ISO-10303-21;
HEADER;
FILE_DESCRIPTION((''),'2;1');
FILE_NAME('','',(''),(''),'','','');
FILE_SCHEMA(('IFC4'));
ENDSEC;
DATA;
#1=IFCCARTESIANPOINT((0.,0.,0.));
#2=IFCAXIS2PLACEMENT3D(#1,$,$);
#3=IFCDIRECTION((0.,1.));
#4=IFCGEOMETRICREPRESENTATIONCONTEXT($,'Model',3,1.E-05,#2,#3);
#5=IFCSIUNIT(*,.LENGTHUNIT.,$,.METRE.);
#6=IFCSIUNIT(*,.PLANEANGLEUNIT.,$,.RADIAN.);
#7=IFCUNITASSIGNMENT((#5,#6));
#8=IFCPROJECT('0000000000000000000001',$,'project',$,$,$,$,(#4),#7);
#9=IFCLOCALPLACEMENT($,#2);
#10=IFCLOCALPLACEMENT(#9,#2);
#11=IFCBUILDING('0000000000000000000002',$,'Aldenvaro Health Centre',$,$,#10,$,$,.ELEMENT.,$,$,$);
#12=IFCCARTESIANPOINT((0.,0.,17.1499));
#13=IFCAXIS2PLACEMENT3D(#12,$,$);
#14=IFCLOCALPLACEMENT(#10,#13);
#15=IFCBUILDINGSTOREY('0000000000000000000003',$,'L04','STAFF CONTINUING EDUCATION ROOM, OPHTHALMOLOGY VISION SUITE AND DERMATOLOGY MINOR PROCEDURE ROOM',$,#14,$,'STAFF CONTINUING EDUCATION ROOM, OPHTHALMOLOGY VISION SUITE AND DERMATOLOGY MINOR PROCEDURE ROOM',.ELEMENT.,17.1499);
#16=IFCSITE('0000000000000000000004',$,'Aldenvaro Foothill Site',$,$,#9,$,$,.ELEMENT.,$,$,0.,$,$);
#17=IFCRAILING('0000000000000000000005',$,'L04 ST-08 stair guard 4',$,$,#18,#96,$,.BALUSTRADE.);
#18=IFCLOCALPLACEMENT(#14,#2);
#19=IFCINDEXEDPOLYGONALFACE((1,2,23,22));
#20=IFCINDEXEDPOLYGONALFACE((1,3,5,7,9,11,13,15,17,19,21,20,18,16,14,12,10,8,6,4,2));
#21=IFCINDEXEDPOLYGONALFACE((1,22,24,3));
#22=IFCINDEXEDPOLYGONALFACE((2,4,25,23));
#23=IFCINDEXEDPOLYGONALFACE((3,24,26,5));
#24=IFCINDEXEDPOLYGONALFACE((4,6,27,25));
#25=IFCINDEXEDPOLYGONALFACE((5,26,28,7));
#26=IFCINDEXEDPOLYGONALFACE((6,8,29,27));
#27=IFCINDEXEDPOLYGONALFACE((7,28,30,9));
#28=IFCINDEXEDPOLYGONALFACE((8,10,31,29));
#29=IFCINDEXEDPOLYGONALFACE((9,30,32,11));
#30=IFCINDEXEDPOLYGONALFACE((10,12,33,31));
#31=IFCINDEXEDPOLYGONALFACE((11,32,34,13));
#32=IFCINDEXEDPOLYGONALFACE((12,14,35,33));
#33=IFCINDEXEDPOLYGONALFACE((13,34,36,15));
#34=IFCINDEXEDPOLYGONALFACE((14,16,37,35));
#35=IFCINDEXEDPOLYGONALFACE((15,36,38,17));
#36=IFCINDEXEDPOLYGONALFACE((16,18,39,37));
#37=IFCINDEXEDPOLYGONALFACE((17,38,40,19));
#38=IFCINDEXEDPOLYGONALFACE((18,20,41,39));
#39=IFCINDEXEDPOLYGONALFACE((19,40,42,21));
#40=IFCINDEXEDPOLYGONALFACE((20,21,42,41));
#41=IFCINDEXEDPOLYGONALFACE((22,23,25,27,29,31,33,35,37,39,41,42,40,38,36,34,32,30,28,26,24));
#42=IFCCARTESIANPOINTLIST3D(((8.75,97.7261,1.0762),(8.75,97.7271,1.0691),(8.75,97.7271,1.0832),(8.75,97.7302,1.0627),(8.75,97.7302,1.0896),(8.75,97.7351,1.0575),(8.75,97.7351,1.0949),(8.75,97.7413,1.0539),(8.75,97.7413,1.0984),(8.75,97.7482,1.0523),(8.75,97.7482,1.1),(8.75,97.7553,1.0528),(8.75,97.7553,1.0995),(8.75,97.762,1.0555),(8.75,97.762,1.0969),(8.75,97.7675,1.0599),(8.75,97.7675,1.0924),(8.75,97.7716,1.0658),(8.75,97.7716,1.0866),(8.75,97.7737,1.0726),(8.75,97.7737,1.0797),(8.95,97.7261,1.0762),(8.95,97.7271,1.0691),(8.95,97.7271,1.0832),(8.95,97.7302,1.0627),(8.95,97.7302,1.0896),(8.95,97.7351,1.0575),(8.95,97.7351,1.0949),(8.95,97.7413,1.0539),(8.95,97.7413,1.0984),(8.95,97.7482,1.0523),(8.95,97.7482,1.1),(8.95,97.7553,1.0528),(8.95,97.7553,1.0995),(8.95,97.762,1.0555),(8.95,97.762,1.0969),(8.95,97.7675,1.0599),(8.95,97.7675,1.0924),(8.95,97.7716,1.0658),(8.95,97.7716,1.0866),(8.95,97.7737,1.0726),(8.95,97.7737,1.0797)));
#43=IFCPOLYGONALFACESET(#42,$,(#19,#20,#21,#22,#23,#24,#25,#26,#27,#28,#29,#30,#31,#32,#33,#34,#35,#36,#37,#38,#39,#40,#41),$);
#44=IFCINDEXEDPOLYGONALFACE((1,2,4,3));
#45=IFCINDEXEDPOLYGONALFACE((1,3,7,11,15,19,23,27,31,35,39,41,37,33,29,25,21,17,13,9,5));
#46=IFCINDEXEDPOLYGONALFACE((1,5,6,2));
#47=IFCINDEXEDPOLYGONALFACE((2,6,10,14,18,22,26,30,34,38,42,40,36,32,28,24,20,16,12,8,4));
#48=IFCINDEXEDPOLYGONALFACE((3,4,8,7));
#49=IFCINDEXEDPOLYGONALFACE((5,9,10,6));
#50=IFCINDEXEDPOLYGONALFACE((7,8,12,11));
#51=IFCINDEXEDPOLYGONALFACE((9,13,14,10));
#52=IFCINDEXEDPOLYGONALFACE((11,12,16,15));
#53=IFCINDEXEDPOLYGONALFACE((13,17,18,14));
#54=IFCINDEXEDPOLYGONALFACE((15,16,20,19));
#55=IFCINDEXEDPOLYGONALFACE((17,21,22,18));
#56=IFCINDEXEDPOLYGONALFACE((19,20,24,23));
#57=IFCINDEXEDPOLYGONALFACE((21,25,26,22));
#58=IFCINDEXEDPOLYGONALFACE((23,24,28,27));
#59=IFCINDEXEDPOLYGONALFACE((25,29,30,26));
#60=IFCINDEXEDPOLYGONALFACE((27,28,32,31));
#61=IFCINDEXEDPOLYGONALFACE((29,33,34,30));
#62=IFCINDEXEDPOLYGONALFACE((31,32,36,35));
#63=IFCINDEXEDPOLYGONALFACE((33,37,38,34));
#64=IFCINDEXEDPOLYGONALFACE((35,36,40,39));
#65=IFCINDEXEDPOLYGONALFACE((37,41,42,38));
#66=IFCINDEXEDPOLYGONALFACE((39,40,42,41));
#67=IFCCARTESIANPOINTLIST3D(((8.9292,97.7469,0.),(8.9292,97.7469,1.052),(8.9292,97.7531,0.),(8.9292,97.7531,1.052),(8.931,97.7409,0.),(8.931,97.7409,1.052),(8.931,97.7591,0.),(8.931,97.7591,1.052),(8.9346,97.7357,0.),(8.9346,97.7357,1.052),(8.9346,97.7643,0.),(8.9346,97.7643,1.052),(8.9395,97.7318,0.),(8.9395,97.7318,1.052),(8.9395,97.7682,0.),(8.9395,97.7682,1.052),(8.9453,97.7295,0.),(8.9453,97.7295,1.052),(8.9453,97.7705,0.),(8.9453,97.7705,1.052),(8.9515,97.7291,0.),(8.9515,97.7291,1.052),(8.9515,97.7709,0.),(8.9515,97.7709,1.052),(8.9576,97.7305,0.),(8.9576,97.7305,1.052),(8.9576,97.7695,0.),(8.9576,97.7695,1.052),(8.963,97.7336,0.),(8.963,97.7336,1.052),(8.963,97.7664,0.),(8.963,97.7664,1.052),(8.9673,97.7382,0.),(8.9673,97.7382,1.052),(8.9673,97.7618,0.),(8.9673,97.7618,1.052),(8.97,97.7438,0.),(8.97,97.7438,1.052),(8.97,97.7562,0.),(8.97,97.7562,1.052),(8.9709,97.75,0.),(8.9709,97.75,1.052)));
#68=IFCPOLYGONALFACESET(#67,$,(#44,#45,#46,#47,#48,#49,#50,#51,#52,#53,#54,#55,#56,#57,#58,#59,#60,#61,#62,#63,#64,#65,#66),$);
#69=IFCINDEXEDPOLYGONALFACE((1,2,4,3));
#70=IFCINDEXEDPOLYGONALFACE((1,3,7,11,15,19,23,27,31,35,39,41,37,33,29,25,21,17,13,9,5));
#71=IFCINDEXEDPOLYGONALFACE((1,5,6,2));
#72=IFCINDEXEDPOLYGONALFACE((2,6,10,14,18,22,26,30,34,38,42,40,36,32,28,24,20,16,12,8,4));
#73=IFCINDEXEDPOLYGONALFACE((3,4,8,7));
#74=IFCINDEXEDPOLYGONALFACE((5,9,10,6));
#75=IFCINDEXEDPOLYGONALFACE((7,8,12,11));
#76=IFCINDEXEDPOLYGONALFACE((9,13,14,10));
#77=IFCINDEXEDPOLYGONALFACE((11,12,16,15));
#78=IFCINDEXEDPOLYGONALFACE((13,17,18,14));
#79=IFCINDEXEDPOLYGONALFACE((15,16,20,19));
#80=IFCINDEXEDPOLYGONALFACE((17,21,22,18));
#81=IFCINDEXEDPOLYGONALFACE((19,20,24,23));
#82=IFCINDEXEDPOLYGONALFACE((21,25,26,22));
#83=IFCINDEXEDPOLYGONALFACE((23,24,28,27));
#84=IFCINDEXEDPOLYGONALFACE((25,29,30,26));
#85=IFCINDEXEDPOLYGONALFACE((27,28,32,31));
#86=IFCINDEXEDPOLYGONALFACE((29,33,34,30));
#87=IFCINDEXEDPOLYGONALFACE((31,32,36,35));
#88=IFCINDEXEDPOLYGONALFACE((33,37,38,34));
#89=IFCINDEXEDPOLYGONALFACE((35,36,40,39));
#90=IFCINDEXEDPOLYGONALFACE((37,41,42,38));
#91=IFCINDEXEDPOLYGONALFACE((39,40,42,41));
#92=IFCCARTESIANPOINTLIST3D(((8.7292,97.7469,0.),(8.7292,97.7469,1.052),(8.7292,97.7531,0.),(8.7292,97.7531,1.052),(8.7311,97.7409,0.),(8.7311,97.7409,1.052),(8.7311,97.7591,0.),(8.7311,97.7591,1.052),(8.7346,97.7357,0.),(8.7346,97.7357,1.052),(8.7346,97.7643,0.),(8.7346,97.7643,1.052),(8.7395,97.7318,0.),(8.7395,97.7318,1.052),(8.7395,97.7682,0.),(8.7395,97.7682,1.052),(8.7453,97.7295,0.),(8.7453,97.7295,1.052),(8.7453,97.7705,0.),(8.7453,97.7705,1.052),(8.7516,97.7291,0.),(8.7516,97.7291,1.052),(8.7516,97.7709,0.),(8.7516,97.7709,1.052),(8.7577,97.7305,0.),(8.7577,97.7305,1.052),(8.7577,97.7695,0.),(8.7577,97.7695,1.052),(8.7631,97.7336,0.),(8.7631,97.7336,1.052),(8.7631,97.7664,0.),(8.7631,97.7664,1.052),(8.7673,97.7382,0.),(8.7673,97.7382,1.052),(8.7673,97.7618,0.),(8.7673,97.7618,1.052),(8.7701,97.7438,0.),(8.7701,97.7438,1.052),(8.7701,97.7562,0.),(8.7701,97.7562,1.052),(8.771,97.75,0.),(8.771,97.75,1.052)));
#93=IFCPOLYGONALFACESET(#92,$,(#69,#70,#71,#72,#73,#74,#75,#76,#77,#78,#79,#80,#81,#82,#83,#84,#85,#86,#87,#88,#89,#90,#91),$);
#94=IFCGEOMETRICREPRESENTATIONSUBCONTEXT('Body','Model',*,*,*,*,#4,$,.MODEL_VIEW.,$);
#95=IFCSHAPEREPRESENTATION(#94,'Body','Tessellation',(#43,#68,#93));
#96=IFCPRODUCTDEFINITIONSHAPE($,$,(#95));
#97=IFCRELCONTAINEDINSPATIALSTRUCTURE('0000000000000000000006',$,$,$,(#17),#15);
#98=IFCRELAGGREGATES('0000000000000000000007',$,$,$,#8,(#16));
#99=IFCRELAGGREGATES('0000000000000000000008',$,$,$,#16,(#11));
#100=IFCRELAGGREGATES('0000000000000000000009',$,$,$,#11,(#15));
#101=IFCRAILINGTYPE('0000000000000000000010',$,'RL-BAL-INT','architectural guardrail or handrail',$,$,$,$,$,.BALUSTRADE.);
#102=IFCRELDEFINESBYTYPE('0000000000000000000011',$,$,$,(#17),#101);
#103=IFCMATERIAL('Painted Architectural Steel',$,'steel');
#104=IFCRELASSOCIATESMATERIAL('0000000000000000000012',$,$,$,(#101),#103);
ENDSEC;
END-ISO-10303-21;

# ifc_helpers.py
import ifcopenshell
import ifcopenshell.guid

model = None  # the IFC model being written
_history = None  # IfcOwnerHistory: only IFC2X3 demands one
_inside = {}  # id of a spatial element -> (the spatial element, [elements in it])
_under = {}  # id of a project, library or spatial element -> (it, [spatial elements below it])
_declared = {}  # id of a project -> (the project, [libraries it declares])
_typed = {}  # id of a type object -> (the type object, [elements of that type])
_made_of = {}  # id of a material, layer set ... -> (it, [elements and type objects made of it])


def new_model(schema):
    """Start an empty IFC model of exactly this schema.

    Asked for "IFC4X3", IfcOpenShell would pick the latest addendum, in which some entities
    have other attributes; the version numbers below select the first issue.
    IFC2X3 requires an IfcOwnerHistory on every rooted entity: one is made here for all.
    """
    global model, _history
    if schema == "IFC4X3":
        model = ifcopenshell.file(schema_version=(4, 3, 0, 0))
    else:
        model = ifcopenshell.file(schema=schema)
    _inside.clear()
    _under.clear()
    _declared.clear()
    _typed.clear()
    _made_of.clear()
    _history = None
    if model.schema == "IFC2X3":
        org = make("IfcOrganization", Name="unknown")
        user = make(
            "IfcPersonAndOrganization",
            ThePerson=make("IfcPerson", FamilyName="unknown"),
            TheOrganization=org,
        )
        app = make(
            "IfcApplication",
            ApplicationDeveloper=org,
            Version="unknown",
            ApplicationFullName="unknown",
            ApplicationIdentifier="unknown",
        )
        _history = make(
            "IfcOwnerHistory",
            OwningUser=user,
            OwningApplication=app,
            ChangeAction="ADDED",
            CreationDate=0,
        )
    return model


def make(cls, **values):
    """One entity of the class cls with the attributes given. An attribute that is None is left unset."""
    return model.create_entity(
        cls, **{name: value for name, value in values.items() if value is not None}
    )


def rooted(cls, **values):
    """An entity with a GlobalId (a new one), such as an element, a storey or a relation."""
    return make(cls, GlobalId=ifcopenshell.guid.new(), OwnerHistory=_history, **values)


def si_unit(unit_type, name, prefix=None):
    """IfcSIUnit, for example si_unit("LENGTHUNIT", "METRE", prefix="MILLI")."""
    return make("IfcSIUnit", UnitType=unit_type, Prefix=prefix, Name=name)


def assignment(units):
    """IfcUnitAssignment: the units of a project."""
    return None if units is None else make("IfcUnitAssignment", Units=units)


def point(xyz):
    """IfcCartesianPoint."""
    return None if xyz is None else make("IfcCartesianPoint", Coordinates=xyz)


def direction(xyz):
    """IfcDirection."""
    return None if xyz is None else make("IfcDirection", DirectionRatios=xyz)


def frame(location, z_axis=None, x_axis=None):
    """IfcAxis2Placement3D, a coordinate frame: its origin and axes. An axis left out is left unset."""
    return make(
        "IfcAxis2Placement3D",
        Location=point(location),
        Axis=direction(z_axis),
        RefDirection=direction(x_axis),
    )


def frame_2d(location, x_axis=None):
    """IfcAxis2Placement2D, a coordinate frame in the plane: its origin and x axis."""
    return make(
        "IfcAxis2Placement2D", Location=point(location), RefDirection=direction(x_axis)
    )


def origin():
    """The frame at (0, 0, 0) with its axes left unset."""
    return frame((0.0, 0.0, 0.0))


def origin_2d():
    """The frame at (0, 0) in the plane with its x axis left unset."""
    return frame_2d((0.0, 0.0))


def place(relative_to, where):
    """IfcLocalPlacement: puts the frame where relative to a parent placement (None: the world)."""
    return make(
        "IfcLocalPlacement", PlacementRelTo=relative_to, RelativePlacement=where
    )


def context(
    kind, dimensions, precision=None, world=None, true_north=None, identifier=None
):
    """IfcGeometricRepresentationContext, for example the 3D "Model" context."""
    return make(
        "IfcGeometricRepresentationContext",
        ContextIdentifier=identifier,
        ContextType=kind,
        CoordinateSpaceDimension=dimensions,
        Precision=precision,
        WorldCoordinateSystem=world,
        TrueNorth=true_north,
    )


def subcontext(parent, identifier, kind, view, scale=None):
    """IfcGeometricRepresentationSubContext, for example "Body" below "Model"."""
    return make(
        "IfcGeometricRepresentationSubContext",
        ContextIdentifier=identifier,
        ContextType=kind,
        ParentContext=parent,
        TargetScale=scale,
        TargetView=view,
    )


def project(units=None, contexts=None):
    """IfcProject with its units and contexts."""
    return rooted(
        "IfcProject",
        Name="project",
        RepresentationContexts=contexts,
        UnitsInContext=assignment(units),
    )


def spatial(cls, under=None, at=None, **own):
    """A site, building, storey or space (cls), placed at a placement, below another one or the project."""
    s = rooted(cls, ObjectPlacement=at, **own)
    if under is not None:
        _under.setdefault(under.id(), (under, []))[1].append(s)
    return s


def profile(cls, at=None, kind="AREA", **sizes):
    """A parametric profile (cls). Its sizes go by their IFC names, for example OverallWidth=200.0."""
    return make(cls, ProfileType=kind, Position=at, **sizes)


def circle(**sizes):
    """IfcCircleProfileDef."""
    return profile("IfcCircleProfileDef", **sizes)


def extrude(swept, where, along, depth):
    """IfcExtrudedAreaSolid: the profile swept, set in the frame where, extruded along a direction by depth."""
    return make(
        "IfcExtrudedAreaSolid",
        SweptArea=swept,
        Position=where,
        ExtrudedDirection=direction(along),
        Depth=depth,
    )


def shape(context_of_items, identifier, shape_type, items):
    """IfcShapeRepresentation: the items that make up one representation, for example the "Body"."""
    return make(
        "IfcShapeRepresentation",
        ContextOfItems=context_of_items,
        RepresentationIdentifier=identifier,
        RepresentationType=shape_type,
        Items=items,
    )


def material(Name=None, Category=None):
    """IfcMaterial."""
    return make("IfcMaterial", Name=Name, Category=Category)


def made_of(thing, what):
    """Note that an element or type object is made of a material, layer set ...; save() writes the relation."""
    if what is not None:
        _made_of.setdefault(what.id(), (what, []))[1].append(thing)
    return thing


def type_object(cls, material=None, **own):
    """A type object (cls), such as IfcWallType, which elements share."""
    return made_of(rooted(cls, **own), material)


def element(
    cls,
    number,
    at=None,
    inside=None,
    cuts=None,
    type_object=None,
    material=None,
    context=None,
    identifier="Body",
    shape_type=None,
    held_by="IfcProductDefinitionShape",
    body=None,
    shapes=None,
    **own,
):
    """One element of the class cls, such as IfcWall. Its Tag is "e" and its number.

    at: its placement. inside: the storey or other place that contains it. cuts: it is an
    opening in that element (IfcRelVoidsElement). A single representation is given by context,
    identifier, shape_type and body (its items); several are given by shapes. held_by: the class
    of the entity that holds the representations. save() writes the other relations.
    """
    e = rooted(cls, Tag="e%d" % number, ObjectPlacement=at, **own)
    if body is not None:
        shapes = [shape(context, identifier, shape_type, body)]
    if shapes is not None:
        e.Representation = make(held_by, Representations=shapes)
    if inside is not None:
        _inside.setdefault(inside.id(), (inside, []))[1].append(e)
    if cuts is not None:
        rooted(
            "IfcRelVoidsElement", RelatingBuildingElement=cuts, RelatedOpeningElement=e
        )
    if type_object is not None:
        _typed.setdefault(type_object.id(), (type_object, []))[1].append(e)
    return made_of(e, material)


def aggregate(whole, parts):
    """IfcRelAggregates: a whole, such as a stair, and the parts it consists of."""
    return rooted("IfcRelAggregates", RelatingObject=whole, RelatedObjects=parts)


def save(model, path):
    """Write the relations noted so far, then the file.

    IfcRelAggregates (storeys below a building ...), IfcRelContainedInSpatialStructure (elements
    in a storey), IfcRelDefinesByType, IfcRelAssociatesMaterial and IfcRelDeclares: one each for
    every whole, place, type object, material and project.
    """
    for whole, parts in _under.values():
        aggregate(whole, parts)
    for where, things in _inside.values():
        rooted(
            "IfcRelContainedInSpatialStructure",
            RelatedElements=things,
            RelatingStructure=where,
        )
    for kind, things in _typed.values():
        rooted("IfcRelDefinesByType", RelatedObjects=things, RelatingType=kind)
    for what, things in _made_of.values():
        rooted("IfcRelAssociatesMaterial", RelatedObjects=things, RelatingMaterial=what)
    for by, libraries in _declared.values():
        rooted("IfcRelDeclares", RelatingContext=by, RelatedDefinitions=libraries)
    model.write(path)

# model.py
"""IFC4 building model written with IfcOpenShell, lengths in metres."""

from ifc_helpers import new_model, si_unit, direction, frame, origin, origin_2d, place, context, subcontext, project, spatial, circle, extrude, material, type_object, element, save


model = new_model("IFC4")

# Units and contexts
model_context = context("Model", 3, precision=1e-05, world=origin(), true_north=direction((0.0, 1.0)))
body_context = subcontext(model_context, "Body", "Model", "MODEL_VIEW")
ifc_project = project(units=[si_unit("LENGTHUNIT", "METRE"), si_unit("PLANEANGLEUNIT", "RADIAN")], contexts=[model_context])

# Site, building, storey
site_placement = place(None, origin())
site = spatial("IfcSite", under=ifc_project, at=site_placement, Name="Aldenvaro Foothill Site", CompositionType="ELEMENT", RefElevation=0.0)
building_placement = place(site_placement, origin())
building = spatial("IfcBuilding", under=site, at=building_placement, Name="Aldenvaro Health Centre", CompositionType="ELEMENT")
storey_placement = place(building_placement, frame((0.0, 0.0, 17.1499)))
storey = spatial("IfcBuildingStorey", under=building, at=storey_placement, Name="L04", Description="STAFF CONTINUING EDUCATION ROOM, OPHTHALMOLOGY VISION SUITE AND DERMATOLOGY MINOR PROCEDURE ROOM", LongName="STAFF CONTINUING EDUCATION ROOM, OPHTHALMOLOGY VISION SUITE AND DERMATOLOGY MINOR PROCEDURE ROOM", CompositionType="ELEMENT", Elevation=17.1499)

# Railing
ifc_material_1 = material(Name="Painted Architectural Steel", Category="steel")
railing_type_1 = type_object("IfcRailingType", Name="RL-BAL-INT", Description="architectural guardrail or handrail", PredefinedType="BALUSTRADE", material=ifc_material_1)
railing_1_placement = place(storey_placement, frame((8.95, 97.75, 0.0)))
element("IfcRailing", 1, at=railing_1_placement, inside=storey, type_object=railing_type_1, Name="L04 ST-08 stair guard 4", PredefinedType="BALUSTRADE", context=body_context, shape_type="SweptSolid", body=[
    extrude(circle(Radius=0.0239, at=origin_2d()), frame((0.0, 0.0, 1.0762), z_axis=(-1.0, 0.0, 0.0), x_axis=(0.0, -1.0, 0.0)), (0.0, 0.0, 1.0), 0.2),
    extrude(circle(Radius=0.021, at=origin_2d()), origin(), (0.0, 0.0, 1.0), 1.052),
    extrude(circle(Radius=0.021, at=origin_2d()), frame((-0.2, 0.0, 0.0)), (0.0, 0.0, 1.0), 1.052),
])

save(model, "model.ifc")
